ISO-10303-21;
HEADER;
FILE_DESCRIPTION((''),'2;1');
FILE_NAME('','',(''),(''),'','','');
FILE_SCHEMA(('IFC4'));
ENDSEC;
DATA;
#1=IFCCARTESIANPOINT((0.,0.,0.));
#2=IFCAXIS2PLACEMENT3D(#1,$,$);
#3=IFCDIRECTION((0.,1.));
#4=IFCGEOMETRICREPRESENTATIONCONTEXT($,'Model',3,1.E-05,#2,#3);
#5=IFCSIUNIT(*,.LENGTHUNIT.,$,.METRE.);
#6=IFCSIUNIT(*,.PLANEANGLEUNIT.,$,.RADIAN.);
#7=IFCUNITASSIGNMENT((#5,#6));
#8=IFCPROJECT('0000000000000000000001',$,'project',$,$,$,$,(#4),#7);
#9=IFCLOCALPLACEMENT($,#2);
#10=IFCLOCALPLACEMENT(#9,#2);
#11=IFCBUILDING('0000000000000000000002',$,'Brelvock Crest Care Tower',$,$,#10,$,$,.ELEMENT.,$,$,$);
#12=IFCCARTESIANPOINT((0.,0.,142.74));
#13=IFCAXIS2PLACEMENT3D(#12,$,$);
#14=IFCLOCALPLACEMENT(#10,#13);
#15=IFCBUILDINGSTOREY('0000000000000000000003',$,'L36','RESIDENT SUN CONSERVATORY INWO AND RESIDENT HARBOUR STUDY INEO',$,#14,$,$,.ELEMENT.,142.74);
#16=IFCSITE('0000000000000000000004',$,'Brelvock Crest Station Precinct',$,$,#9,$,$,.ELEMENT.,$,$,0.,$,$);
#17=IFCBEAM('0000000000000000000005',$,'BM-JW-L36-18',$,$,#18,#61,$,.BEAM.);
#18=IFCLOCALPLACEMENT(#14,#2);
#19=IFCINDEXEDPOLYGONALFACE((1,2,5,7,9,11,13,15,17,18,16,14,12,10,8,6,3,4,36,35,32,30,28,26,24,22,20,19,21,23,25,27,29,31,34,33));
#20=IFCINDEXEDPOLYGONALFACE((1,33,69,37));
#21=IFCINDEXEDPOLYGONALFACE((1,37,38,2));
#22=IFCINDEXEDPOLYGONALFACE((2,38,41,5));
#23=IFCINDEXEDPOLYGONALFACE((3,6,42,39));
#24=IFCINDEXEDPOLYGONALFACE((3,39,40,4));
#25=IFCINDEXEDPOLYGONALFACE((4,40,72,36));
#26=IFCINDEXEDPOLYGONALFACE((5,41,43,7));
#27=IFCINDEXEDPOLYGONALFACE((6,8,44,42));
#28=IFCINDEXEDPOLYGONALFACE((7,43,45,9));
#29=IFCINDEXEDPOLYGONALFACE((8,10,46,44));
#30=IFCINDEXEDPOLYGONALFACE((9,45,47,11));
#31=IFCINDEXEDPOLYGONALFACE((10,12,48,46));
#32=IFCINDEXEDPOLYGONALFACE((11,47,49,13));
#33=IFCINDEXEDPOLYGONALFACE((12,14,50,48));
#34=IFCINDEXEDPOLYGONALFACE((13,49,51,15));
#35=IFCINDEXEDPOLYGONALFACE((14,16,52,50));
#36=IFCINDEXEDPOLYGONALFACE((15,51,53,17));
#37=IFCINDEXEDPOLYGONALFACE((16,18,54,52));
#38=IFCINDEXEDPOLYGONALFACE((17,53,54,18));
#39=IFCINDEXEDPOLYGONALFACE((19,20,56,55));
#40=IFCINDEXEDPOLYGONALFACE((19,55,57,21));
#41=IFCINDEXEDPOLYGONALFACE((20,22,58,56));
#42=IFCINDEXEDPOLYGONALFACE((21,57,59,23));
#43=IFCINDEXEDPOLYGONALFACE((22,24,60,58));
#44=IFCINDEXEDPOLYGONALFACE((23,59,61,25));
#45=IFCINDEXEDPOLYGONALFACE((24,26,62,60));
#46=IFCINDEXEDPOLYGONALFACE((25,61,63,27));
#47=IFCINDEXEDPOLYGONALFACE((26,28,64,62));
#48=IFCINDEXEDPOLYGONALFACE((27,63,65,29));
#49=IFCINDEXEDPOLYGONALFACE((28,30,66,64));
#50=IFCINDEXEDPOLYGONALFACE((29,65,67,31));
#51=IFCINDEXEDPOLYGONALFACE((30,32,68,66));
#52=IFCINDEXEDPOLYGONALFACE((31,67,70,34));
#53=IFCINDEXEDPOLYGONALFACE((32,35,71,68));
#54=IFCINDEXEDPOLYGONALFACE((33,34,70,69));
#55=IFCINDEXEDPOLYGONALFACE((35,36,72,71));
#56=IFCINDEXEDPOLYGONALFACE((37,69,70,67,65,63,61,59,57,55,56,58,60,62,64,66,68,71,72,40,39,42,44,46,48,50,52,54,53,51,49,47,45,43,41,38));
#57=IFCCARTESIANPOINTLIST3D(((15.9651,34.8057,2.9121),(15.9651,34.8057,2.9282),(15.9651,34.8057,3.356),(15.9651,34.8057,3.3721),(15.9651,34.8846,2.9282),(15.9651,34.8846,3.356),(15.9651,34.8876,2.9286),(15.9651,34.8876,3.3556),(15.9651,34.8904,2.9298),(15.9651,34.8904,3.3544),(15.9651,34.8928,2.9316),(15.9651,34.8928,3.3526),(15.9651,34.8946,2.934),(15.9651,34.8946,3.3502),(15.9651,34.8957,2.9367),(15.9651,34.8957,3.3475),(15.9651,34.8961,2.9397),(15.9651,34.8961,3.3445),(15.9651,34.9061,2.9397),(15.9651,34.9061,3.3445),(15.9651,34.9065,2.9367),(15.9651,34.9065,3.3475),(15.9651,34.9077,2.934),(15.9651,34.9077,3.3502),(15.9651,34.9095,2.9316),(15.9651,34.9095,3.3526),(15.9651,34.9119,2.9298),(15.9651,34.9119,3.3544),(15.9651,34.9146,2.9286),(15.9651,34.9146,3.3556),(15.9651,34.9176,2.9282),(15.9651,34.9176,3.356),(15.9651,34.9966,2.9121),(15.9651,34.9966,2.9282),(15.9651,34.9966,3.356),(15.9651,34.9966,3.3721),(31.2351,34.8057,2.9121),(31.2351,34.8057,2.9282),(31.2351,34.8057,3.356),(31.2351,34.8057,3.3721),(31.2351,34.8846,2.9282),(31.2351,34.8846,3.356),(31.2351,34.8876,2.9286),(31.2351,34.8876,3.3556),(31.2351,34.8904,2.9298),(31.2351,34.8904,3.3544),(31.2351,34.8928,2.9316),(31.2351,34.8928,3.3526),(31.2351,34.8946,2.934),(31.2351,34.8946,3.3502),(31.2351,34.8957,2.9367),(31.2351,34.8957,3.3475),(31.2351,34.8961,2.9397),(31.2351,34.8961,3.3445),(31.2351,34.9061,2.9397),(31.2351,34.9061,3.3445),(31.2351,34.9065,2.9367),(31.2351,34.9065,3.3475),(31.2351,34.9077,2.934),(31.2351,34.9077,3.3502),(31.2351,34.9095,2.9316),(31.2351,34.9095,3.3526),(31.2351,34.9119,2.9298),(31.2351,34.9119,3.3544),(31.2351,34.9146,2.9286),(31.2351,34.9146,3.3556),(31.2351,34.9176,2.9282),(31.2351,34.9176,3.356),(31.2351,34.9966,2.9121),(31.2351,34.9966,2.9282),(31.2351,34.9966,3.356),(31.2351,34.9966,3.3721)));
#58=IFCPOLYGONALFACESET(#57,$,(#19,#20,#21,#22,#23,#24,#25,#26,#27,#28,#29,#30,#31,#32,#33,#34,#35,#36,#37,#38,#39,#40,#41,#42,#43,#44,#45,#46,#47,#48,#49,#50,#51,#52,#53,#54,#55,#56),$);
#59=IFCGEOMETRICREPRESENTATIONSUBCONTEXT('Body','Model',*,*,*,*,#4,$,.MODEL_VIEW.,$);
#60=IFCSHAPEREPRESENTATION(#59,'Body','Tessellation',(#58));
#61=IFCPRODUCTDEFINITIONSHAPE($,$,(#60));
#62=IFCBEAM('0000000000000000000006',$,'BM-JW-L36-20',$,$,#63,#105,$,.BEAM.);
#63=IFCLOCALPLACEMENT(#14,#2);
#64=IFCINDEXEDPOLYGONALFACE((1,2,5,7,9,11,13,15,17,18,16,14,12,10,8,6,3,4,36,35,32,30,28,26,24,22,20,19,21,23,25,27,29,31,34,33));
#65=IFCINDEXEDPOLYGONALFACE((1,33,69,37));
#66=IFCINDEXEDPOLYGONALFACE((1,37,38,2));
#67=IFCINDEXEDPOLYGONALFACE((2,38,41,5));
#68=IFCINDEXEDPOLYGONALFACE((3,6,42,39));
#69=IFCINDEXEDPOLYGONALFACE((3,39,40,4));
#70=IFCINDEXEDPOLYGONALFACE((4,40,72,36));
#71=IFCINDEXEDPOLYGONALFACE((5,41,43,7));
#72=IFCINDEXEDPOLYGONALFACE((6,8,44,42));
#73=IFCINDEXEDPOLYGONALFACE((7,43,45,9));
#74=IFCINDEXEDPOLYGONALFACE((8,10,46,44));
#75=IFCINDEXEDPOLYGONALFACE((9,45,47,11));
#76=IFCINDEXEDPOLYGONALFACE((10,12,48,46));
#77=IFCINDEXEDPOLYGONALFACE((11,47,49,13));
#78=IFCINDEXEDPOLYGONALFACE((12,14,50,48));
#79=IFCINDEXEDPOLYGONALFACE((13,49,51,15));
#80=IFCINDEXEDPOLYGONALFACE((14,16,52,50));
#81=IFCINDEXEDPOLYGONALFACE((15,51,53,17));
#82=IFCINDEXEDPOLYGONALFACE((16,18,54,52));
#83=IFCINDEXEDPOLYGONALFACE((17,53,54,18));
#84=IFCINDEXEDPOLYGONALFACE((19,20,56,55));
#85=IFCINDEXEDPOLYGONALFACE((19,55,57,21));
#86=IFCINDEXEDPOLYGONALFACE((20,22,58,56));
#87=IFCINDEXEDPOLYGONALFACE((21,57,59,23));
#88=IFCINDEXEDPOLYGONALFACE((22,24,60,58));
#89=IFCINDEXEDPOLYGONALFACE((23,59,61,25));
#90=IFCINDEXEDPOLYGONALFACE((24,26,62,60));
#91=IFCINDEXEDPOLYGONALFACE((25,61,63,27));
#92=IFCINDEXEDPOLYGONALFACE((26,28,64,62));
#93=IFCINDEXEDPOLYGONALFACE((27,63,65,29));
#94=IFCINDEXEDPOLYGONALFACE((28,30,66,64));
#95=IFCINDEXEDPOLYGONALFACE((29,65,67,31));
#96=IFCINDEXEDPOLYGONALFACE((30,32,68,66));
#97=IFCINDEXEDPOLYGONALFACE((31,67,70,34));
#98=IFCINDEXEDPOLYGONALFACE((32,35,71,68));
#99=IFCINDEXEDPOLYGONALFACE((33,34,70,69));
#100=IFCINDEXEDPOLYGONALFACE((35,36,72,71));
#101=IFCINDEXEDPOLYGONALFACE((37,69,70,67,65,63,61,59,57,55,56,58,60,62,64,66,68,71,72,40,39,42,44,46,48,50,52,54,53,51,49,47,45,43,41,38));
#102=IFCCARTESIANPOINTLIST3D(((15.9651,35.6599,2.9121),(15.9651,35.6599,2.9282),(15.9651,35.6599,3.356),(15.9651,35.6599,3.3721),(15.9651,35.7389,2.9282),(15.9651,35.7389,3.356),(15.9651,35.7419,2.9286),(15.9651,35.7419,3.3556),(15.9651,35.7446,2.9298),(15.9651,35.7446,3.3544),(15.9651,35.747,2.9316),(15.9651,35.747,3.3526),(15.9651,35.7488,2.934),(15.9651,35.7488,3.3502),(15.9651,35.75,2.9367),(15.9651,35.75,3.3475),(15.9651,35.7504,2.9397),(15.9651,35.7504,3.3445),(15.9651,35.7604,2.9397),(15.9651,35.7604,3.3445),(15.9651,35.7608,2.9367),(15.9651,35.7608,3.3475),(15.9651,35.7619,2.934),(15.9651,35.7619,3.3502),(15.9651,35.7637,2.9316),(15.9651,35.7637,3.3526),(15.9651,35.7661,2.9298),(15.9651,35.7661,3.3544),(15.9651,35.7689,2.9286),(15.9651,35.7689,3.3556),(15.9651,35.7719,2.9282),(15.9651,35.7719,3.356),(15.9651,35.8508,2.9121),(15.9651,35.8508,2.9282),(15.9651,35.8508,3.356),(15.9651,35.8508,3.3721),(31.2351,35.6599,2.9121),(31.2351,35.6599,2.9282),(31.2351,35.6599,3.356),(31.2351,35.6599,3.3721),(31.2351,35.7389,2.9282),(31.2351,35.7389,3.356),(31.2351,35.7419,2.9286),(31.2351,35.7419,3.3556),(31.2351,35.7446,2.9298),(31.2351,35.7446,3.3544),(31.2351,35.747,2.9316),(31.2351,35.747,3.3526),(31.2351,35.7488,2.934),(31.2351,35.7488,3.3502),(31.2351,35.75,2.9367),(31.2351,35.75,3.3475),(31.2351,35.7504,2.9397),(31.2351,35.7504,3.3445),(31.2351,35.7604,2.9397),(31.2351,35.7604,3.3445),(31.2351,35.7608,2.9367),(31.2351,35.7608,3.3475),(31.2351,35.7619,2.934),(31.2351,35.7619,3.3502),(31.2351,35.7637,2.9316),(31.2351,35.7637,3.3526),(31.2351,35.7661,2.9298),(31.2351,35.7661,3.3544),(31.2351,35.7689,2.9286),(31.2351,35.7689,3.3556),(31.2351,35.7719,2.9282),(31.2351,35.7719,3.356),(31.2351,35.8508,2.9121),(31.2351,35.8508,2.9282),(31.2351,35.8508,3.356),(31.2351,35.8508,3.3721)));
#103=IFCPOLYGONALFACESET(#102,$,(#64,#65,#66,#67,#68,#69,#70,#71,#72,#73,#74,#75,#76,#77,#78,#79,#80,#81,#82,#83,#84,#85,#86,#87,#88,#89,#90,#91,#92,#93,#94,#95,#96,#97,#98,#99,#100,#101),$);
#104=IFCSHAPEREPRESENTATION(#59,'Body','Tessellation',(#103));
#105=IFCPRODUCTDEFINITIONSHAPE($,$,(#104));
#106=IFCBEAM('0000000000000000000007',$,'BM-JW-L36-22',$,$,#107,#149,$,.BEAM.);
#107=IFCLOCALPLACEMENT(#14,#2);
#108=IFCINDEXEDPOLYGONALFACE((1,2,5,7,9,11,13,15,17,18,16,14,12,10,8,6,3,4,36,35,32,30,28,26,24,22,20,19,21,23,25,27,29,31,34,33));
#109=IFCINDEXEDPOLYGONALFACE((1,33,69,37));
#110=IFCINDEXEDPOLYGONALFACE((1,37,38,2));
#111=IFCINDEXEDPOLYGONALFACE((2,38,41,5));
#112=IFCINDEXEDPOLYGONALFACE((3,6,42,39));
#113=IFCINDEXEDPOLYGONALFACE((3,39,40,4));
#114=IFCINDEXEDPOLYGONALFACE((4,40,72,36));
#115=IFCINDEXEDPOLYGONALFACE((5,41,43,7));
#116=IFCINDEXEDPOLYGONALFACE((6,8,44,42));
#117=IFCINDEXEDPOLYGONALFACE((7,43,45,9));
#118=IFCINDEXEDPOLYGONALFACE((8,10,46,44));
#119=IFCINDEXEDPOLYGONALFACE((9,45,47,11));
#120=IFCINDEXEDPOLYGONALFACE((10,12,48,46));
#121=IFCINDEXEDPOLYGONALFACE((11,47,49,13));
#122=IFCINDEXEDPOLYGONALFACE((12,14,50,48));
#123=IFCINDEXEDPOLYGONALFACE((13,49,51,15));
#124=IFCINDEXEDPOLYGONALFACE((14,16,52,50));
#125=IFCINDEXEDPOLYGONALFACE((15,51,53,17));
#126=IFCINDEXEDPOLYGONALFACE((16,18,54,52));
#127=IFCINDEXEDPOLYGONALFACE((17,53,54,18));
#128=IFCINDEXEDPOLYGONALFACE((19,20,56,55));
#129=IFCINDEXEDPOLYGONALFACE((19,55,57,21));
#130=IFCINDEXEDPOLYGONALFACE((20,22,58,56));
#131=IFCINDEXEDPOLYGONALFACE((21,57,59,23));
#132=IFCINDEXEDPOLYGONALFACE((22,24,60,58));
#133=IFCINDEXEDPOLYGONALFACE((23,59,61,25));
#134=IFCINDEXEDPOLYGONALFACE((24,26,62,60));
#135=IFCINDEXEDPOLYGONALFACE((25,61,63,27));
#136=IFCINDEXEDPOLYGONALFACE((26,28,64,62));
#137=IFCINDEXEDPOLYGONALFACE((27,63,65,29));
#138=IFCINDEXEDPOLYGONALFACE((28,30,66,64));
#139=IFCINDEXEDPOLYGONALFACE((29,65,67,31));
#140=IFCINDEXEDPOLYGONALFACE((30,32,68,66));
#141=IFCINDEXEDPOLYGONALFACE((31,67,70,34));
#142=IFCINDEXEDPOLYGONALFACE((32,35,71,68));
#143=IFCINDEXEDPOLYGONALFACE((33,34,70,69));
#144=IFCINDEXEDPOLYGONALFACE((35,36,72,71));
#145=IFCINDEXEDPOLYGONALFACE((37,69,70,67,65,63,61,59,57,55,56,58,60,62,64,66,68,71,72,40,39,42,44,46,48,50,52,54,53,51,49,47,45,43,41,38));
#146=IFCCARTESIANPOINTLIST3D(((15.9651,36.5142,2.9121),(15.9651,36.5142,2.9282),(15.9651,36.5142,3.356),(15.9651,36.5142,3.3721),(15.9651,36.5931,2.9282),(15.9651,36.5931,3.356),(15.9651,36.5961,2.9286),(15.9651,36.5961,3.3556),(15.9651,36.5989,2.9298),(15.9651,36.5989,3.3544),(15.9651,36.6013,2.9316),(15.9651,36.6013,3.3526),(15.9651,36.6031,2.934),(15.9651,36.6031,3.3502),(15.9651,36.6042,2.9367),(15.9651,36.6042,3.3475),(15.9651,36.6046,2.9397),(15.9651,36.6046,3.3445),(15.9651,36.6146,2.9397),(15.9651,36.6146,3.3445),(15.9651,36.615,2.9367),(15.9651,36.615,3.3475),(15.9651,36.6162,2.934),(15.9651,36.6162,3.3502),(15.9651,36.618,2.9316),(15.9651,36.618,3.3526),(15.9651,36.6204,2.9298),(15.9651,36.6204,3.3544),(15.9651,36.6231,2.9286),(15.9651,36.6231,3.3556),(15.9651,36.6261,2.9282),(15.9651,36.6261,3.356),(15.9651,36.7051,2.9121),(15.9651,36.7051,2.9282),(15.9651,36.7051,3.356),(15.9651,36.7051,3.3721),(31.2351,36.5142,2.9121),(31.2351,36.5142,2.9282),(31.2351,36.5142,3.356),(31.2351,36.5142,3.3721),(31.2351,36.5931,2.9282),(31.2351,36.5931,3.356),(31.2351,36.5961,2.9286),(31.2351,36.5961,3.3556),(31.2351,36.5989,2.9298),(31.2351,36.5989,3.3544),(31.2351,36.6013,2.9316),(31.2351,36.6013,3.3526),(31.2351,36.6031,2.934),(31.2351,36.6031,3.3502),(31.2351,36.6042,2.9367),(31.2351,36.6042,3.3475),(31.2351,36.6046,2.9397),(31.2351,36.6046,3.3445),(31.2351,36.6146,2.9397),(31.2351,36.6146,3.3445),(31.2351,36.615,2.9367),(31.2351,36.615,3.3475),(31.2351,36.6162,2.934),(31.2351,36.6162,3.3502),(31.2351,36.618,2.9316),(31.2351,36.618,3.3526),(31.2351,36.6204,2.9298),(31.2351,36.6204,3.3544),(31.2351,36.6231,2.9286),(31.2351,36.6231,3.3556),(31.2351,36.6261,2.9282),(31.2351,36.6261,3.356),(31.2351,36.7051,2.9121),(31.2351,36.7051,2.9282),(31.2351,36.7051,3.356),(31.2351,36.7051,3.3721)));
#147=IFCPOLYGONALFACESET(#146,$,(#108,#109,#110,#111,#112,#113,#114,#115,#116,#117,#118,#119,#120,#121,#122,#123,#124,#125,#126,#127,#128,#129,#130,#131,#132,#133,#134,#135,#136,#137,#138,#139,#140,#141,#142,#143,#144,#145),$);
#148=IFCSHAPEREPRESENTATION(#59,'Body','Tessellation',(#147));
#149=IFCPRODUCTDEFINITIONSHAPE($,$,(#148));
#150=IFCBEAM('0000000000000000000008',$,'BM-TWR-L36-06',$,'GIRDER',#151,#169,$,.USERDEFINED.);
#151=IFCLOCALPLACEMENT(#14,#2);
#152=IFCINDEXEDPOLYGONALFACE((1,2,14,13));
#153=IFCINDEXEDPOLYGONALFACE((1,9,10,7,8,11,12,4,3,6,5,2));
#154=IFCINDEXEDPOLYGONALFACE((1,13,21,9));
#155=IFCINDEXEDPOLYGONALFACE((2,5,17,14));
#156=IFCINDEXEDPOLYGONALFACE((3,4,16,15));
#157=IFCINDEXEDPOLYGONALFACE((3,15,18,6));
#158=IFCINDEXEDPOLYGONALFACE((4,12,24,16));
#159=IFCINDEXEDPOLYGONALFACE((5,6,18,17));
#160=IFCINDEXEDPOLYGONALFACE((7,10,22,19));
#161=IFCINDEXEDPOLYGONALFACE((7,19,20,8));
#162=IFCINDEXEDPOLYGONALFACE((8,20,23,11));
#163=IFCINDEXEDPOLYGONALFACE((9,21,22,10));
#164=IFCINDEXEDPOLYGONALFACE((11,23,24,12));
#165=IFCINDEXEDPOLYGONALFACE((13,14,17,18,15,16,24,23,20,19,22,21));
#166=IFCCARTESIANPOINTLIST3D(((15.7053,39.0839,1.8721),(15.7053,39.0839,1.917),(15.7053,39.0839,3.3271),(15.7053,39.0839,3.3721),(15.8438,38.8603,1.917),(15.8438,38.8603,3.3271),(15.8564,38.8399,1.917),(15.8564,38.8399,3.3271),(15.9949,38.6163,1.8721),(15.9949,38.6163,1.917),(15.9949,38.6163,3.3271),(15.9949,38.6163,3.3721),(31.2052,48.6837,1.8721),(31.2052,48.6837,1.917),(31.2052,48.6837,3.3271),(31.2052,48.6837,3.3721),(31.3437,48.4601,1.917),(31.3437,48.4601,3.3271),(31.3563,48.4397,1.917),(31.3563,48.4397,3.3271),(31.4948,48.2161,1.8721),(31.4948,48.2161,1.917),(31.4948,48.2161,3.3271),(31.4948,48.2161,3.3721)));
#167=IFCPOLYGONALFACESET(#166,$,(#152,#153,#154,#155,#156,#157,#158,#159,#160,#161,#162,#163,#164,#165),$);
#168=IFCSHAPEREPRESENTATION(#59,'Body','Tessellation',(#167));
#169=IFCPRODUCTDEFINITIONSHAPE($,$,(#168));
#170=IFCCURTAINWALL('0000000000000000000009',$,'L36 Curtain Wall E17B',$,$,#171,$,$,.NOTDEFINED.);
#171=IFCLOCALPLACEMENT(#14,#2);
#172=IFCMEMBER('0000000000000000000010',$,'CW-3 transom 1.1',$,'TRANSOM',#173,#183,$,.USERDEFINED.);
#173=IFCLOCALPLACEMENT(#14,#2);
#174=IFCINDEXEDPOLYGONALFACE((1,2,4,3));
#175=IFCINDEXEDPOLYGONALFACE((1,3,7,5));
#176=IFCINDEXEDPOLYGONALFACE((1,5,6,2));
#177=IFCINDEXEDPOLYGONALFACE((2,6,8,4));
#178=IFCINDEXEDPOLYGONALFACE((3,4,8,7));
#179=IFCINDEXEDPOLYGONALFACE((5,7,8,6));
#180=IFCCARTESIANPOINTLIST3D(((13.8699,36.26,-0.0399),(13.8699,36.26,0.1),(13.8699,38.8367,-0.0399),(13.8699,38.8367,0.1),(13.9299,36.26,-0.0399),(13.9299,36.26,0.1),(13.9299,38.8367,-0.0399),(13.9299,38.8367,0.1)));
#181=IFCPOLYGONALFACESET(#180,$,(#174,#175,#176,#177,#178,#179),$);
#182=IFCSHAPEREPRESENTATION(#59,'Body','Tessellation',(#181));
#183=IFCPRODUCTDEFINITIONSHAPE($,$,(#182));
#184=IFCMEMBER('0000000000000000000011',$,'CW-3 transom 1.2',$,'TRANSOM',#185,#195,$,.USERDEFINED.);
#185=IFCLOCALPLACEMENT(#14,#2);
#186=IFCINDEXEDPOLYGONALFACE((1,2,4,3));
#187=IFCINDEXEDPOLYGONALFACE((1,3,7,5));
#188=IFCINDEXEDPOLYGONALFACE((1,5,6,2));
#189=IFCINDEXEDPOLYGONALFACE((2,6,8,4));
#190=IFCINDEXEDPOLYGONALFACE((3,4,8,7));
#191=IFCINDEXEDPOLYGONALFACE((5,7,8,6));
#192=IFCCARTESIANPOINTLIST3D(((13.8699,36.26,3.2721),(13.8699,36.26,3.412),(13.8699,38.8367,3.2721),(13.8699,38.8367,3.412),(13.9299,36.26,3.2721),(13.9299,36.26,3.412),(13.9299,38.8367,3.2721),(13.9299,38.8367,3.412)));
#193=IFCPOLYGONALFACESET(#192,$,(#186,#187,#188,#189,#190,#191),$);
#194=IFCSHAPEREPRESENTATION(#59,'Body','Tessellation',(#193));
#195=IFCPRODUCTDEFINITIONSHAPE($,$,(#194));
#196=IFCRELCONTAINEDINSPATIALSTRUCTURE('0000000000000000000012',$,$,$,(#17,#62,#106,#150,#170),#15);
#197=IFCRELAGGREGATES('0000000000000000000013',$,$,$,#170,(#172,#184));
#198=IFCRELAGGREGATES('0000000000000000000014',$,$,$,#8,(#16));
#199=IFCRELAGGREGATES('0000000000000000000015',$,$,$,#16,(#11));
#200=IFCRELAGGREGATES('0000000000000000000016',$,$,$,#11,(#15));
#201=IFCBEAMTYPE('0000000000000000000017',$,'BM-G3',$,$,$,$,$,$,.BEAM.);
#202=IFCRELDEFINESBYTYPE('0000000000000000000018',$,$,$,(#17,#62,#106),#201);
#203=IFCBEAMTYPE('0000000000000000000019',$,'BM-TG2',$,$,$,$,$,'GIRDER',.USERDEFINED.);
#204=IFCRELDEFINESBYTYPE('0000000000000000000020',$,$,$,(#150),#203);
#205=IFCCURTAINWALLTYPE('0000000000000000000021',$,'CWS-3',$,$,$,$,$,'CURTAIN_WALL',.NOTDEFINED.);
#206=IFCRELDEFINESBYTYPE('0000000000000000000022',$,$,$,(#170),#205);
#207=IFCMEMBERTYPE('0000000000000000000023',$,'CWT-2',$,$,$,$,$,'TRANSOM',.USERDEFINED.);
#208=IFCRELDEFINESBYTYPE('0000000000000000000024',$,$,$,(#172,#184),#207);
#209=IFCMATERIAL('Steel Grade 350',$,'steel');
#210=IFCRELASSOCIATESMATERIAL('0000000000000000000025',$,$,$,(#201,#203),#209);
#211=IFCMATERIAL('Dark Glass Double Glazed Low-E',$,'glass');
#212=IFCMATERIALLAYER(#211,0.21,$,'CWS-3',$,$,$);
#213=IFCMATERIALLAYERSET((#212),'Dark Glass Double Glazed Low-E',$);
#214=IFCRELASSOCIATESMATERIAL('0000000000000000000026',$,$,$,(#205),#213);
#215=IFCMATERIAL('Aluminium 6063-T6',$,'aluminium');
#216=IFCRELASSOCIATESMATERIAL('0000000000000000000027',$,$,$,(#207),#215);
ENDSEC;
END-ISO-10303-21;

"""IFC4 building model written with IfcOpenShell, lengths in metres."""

from ifc_helpers import new_model, si_unit, direction, frame, origin, origin_2d, place, context, subcontext, project, spatial, rectangle, i_section, extrude, source, transform, mapped, material, layer, layer_set, material_profile, profile_set, type_object, element, aggregate, save


model = new_model("IFC4")

# Units and contexts
model_context = context("Model", 3, precision=1e-05, world=origin(), true_north=direction((0.0, 1.0)))
body_context = subcontext(model_context, "Body", "Model", "MODEL_VIEW")
ifc_project = project(units=[si_unit("LENGTHUNIT", "METRE"), si_unit("PLANEANGLEUNIT", "RADIAN")], contexts=[model_context])

# Site, building, storey
site_placement = place(None, origin())
site = spatial("IfcSite", under=ifc_project, at=site_placement, Name="Brelvock Crest Station Precinct", CompositionType="ELEMENT", RefElevation=0.0)
building_placement = place(site_placement, origin())
building = spatial("IfcBuilding", under=site, at=building_placement, Name="Brelvock Crest Care Tower", CompositionType="ELEMENT")
storey_placement = place(building_placement, frame((0.0, 0.0, 142.74)))
storey = spatial("IfcBuildingStorey", under=building, at=storey_placement, Name="L36", Description="RESIDENT SUN CONSERVATORY INWO AND RESIDENT HARBOUR STUDY INEO", CompositionType="ELEMENT", Elevation=142.74)

# Shared definitions
ifc_material_1 = material(Name="Steel Grade 350", Category="steel")

# Beams
ifc_material_profile_1 = material_profile(ifc_material_1, i_section(OverallWidth=0.1909, OverallDepth=0.46, WebThickness=0.01, FlangeThickness=0.0161, FilletRadius=0.0115, at=origin_2d()), Name="460UB82.1")
ifc_profile_set_1 = profile_set([ifc_material_profile_1], Name="Steel Grade 350")
beam_type_1 = type_object("IfcBeamType", Name="BM-G3", PredefinedType="BEAM", material=ifc_profile_set_1)
shared_shape_1 = source(origin(), body_context, "Body", "SweptSolid", [
    extrude(i_section(OverallWidth=0.1909, OverallDepth=0.46, WebThickness=0.01, FlangeThickness=0.0161, FilletRadius=0.0115, at=origin_2d()), origin(), (0.0, 0.0, 1.0), 15.27),
])
for number, where, z_axis, x_axis, name in (
    (1, (15.9651, 34.9011, 3.1421), (1.0, 0.0, 0.0), (0.0, 1.0, 0.0), "BM-JW-L36-18"),
    (2, (15.9651, 35.7554, 3.1421), (1.0, 0.0, 0.0), (0.0, 1.0, 0.0), "BM-JW-L36-20"),
    (3, (15.9651, 36.6096, 3.1421), (1.0, 0.0, 0.0), (0.0, 1.0, 0.0), "BM-JW-L36-22"),
):
    element("IfcBeam", number, at=place(storey_placement, frame(where, z_axis=z_axis, x_axis=x_axis)), inside=storey, type_object=beam_type_1, Name=name, PredefinedType="BEAM", context=body_context, shape_type="MappedRepresentation", body=[
        mapped(shared_shape_1, transform((0.0, 0.0, 0.0), x_axis=(1.0, 0.0, 0.0), y_axis=(0.0, 1.0, 0.0), z_axis=(0.0, 0.0, 1.0), scale=1.0)),
    ])
ifc_material_profile_2 = material_profile(ifc_material_1, i_section(OverallWidth=0.55, OverallDepth=1.5, WebThickness=0.0239, FlangeThickness=0.0449, at=origin_2d()), Name="1500TG580")
ifc_profile_set_2 = profile_set([ifc_material_profile_2], Name="Steel Grade 350")
beam_type_2 = type_object("IfcBeamType", Name="BM-TG2", ElementType="GIRDER", PredefinedType="USERDEFINED", material=ifc_profile_set_2)
shared_shape_2 = source(origin(), body_context, "Body", "SweptSolid", [
    extrude(i_section(OverallWidth=0.55, OverallDepth=1.5, WebThickness=0.0239, FlangeThickness=0.0449, at=origin_2d()), origin(), (0.0, 0.0, 1.0), 18.2319),
])
beam_1_placement = place(storey_placement, frame((15.8501, 38.8501, 2.6221), z_axis=(0.850152, 0.526538, 0.0), x_axis=(-0.526538, 0.850152, 0.0)))
element("IfcBeam", 4, at=beam_1_placement, inside=storey, type_object=beam_type_2, Name="BM-TWR-L36-06", ObjectType="GIRDER", PredefinedType="USERDEFINED", context=body_context, shape_type="MappedRepresentation", body=[
    mapped(shared_shape_2, transform((0.0, 0.0, 0.0), x_axis=(1.0, 0.0, 0.0), y_axis=(0.0, 1.0, 0.0), z_axis=(0.0, 0.0, 1.0), scale=1.0)),
])

# Curtain wall, members
ifc_material_2 = material(Name="Dark Glass Double Glazed Low-E", Category="glass")
ifc_layer_1 = layer(ifc_material_2, 0.21, Name="CWS-3")
ifc_layer_set_1 = layer_set([ifc_layer_1], Name="Dark Glass Double Glazed Low-E")
curtain_wall_type = type_object("IfcCurtainWallType", Name="CWS-3", ElementType="CURTAIN_WALL", PredefinedType="NOTDEFINED", material=ifc_layer_set_1)
curtain_wall_1_placement = place(storey_placement, origin())
curtain_wall_1 = element("IfcCurtainWall", 5, at=curtain_wall_1_placement, inside=storey, type_object=curtain_wall_type, Name="L36 Curtain Wall E17B", PredefinedType="NOTDEFINED")
ifc_material_3 = material(Name="Aluminium 6063-T6", Category="aluminium")
ifc_material_profile_3 = material_profile(ifc_material_3, rectangle(XDim=0.0601, YDim=0.1399, at=origin_2d()), Name="ALU60x140")
ifc_profile_set_3 = profile_set([ifc_material_profile_3], Name="Aluminium 6063-T6")
member_type_1 = type_object("IfcMemberType", Name="CWT-2", ElementType="TRANSOM", PredefinedType="USERDEFINED", material=ifc_profile_set_3)
shared_shape_3 = source(origin(), body_context, "Body", "SweptSolid", [
    extrude(rectangle(XDim=0.0601, YDim=0.1399, at=origin_2d()), origin(), (0.0, 0.0, 1.0), 2.5767),
])
member_1_placement = place(storey_placement, frame((13.8999, 36.26, 0.03), z_axis=(0.0, 1.0, 0.0), x_axis=(-1.0, 0.0, 0.0)))
member_1 = element("IfcMember", 6, at=member_1_placement, type_object=member_type_1, Name="CW-3 transom 1.1", ObjectType="TRANSOM", PredefinedType="USERDEFINED", context=body_context, shape_type="MappedRepresentation", body=[
    mapped(shared_shape_3, transform((0.0, 0.0, 0.0), x_axis=(1.0, 0.0, 0.0), y_axis=(0.0, 1.0, 0.0), z_axis=(0.0, 0.0, 1.0), scale=1.0)),
])
member_2_placement = place(storey_placement, frame((13.8999, 36.26, 3.342), z_axis=(0.0, 1.0, 0.0), x_axis=(-1.0, 0.0, 0.0)))
member_2 = element("IfcMember", 7, at=member_2_placement, type_object=member_type_1, Name="CW-3 transom 1.2", ObjectType="TRANSOM", PredefinedType="USERDEFINED", context=body_context, shape_type="MappedRepresentation", body=[
    mapped(shared_shape_3, transform((0.0, 0.0, 0.0), x_axis=(1.0, 0.0, 0.0), y_axis=(0.0, 1.0, 0.0), z_axis=(0.0, 0.0, 1.0), scale=1.0)),
])

aggregate(curtain_wall_1, [member_1, member_2])

save(model, "model.ifc")
